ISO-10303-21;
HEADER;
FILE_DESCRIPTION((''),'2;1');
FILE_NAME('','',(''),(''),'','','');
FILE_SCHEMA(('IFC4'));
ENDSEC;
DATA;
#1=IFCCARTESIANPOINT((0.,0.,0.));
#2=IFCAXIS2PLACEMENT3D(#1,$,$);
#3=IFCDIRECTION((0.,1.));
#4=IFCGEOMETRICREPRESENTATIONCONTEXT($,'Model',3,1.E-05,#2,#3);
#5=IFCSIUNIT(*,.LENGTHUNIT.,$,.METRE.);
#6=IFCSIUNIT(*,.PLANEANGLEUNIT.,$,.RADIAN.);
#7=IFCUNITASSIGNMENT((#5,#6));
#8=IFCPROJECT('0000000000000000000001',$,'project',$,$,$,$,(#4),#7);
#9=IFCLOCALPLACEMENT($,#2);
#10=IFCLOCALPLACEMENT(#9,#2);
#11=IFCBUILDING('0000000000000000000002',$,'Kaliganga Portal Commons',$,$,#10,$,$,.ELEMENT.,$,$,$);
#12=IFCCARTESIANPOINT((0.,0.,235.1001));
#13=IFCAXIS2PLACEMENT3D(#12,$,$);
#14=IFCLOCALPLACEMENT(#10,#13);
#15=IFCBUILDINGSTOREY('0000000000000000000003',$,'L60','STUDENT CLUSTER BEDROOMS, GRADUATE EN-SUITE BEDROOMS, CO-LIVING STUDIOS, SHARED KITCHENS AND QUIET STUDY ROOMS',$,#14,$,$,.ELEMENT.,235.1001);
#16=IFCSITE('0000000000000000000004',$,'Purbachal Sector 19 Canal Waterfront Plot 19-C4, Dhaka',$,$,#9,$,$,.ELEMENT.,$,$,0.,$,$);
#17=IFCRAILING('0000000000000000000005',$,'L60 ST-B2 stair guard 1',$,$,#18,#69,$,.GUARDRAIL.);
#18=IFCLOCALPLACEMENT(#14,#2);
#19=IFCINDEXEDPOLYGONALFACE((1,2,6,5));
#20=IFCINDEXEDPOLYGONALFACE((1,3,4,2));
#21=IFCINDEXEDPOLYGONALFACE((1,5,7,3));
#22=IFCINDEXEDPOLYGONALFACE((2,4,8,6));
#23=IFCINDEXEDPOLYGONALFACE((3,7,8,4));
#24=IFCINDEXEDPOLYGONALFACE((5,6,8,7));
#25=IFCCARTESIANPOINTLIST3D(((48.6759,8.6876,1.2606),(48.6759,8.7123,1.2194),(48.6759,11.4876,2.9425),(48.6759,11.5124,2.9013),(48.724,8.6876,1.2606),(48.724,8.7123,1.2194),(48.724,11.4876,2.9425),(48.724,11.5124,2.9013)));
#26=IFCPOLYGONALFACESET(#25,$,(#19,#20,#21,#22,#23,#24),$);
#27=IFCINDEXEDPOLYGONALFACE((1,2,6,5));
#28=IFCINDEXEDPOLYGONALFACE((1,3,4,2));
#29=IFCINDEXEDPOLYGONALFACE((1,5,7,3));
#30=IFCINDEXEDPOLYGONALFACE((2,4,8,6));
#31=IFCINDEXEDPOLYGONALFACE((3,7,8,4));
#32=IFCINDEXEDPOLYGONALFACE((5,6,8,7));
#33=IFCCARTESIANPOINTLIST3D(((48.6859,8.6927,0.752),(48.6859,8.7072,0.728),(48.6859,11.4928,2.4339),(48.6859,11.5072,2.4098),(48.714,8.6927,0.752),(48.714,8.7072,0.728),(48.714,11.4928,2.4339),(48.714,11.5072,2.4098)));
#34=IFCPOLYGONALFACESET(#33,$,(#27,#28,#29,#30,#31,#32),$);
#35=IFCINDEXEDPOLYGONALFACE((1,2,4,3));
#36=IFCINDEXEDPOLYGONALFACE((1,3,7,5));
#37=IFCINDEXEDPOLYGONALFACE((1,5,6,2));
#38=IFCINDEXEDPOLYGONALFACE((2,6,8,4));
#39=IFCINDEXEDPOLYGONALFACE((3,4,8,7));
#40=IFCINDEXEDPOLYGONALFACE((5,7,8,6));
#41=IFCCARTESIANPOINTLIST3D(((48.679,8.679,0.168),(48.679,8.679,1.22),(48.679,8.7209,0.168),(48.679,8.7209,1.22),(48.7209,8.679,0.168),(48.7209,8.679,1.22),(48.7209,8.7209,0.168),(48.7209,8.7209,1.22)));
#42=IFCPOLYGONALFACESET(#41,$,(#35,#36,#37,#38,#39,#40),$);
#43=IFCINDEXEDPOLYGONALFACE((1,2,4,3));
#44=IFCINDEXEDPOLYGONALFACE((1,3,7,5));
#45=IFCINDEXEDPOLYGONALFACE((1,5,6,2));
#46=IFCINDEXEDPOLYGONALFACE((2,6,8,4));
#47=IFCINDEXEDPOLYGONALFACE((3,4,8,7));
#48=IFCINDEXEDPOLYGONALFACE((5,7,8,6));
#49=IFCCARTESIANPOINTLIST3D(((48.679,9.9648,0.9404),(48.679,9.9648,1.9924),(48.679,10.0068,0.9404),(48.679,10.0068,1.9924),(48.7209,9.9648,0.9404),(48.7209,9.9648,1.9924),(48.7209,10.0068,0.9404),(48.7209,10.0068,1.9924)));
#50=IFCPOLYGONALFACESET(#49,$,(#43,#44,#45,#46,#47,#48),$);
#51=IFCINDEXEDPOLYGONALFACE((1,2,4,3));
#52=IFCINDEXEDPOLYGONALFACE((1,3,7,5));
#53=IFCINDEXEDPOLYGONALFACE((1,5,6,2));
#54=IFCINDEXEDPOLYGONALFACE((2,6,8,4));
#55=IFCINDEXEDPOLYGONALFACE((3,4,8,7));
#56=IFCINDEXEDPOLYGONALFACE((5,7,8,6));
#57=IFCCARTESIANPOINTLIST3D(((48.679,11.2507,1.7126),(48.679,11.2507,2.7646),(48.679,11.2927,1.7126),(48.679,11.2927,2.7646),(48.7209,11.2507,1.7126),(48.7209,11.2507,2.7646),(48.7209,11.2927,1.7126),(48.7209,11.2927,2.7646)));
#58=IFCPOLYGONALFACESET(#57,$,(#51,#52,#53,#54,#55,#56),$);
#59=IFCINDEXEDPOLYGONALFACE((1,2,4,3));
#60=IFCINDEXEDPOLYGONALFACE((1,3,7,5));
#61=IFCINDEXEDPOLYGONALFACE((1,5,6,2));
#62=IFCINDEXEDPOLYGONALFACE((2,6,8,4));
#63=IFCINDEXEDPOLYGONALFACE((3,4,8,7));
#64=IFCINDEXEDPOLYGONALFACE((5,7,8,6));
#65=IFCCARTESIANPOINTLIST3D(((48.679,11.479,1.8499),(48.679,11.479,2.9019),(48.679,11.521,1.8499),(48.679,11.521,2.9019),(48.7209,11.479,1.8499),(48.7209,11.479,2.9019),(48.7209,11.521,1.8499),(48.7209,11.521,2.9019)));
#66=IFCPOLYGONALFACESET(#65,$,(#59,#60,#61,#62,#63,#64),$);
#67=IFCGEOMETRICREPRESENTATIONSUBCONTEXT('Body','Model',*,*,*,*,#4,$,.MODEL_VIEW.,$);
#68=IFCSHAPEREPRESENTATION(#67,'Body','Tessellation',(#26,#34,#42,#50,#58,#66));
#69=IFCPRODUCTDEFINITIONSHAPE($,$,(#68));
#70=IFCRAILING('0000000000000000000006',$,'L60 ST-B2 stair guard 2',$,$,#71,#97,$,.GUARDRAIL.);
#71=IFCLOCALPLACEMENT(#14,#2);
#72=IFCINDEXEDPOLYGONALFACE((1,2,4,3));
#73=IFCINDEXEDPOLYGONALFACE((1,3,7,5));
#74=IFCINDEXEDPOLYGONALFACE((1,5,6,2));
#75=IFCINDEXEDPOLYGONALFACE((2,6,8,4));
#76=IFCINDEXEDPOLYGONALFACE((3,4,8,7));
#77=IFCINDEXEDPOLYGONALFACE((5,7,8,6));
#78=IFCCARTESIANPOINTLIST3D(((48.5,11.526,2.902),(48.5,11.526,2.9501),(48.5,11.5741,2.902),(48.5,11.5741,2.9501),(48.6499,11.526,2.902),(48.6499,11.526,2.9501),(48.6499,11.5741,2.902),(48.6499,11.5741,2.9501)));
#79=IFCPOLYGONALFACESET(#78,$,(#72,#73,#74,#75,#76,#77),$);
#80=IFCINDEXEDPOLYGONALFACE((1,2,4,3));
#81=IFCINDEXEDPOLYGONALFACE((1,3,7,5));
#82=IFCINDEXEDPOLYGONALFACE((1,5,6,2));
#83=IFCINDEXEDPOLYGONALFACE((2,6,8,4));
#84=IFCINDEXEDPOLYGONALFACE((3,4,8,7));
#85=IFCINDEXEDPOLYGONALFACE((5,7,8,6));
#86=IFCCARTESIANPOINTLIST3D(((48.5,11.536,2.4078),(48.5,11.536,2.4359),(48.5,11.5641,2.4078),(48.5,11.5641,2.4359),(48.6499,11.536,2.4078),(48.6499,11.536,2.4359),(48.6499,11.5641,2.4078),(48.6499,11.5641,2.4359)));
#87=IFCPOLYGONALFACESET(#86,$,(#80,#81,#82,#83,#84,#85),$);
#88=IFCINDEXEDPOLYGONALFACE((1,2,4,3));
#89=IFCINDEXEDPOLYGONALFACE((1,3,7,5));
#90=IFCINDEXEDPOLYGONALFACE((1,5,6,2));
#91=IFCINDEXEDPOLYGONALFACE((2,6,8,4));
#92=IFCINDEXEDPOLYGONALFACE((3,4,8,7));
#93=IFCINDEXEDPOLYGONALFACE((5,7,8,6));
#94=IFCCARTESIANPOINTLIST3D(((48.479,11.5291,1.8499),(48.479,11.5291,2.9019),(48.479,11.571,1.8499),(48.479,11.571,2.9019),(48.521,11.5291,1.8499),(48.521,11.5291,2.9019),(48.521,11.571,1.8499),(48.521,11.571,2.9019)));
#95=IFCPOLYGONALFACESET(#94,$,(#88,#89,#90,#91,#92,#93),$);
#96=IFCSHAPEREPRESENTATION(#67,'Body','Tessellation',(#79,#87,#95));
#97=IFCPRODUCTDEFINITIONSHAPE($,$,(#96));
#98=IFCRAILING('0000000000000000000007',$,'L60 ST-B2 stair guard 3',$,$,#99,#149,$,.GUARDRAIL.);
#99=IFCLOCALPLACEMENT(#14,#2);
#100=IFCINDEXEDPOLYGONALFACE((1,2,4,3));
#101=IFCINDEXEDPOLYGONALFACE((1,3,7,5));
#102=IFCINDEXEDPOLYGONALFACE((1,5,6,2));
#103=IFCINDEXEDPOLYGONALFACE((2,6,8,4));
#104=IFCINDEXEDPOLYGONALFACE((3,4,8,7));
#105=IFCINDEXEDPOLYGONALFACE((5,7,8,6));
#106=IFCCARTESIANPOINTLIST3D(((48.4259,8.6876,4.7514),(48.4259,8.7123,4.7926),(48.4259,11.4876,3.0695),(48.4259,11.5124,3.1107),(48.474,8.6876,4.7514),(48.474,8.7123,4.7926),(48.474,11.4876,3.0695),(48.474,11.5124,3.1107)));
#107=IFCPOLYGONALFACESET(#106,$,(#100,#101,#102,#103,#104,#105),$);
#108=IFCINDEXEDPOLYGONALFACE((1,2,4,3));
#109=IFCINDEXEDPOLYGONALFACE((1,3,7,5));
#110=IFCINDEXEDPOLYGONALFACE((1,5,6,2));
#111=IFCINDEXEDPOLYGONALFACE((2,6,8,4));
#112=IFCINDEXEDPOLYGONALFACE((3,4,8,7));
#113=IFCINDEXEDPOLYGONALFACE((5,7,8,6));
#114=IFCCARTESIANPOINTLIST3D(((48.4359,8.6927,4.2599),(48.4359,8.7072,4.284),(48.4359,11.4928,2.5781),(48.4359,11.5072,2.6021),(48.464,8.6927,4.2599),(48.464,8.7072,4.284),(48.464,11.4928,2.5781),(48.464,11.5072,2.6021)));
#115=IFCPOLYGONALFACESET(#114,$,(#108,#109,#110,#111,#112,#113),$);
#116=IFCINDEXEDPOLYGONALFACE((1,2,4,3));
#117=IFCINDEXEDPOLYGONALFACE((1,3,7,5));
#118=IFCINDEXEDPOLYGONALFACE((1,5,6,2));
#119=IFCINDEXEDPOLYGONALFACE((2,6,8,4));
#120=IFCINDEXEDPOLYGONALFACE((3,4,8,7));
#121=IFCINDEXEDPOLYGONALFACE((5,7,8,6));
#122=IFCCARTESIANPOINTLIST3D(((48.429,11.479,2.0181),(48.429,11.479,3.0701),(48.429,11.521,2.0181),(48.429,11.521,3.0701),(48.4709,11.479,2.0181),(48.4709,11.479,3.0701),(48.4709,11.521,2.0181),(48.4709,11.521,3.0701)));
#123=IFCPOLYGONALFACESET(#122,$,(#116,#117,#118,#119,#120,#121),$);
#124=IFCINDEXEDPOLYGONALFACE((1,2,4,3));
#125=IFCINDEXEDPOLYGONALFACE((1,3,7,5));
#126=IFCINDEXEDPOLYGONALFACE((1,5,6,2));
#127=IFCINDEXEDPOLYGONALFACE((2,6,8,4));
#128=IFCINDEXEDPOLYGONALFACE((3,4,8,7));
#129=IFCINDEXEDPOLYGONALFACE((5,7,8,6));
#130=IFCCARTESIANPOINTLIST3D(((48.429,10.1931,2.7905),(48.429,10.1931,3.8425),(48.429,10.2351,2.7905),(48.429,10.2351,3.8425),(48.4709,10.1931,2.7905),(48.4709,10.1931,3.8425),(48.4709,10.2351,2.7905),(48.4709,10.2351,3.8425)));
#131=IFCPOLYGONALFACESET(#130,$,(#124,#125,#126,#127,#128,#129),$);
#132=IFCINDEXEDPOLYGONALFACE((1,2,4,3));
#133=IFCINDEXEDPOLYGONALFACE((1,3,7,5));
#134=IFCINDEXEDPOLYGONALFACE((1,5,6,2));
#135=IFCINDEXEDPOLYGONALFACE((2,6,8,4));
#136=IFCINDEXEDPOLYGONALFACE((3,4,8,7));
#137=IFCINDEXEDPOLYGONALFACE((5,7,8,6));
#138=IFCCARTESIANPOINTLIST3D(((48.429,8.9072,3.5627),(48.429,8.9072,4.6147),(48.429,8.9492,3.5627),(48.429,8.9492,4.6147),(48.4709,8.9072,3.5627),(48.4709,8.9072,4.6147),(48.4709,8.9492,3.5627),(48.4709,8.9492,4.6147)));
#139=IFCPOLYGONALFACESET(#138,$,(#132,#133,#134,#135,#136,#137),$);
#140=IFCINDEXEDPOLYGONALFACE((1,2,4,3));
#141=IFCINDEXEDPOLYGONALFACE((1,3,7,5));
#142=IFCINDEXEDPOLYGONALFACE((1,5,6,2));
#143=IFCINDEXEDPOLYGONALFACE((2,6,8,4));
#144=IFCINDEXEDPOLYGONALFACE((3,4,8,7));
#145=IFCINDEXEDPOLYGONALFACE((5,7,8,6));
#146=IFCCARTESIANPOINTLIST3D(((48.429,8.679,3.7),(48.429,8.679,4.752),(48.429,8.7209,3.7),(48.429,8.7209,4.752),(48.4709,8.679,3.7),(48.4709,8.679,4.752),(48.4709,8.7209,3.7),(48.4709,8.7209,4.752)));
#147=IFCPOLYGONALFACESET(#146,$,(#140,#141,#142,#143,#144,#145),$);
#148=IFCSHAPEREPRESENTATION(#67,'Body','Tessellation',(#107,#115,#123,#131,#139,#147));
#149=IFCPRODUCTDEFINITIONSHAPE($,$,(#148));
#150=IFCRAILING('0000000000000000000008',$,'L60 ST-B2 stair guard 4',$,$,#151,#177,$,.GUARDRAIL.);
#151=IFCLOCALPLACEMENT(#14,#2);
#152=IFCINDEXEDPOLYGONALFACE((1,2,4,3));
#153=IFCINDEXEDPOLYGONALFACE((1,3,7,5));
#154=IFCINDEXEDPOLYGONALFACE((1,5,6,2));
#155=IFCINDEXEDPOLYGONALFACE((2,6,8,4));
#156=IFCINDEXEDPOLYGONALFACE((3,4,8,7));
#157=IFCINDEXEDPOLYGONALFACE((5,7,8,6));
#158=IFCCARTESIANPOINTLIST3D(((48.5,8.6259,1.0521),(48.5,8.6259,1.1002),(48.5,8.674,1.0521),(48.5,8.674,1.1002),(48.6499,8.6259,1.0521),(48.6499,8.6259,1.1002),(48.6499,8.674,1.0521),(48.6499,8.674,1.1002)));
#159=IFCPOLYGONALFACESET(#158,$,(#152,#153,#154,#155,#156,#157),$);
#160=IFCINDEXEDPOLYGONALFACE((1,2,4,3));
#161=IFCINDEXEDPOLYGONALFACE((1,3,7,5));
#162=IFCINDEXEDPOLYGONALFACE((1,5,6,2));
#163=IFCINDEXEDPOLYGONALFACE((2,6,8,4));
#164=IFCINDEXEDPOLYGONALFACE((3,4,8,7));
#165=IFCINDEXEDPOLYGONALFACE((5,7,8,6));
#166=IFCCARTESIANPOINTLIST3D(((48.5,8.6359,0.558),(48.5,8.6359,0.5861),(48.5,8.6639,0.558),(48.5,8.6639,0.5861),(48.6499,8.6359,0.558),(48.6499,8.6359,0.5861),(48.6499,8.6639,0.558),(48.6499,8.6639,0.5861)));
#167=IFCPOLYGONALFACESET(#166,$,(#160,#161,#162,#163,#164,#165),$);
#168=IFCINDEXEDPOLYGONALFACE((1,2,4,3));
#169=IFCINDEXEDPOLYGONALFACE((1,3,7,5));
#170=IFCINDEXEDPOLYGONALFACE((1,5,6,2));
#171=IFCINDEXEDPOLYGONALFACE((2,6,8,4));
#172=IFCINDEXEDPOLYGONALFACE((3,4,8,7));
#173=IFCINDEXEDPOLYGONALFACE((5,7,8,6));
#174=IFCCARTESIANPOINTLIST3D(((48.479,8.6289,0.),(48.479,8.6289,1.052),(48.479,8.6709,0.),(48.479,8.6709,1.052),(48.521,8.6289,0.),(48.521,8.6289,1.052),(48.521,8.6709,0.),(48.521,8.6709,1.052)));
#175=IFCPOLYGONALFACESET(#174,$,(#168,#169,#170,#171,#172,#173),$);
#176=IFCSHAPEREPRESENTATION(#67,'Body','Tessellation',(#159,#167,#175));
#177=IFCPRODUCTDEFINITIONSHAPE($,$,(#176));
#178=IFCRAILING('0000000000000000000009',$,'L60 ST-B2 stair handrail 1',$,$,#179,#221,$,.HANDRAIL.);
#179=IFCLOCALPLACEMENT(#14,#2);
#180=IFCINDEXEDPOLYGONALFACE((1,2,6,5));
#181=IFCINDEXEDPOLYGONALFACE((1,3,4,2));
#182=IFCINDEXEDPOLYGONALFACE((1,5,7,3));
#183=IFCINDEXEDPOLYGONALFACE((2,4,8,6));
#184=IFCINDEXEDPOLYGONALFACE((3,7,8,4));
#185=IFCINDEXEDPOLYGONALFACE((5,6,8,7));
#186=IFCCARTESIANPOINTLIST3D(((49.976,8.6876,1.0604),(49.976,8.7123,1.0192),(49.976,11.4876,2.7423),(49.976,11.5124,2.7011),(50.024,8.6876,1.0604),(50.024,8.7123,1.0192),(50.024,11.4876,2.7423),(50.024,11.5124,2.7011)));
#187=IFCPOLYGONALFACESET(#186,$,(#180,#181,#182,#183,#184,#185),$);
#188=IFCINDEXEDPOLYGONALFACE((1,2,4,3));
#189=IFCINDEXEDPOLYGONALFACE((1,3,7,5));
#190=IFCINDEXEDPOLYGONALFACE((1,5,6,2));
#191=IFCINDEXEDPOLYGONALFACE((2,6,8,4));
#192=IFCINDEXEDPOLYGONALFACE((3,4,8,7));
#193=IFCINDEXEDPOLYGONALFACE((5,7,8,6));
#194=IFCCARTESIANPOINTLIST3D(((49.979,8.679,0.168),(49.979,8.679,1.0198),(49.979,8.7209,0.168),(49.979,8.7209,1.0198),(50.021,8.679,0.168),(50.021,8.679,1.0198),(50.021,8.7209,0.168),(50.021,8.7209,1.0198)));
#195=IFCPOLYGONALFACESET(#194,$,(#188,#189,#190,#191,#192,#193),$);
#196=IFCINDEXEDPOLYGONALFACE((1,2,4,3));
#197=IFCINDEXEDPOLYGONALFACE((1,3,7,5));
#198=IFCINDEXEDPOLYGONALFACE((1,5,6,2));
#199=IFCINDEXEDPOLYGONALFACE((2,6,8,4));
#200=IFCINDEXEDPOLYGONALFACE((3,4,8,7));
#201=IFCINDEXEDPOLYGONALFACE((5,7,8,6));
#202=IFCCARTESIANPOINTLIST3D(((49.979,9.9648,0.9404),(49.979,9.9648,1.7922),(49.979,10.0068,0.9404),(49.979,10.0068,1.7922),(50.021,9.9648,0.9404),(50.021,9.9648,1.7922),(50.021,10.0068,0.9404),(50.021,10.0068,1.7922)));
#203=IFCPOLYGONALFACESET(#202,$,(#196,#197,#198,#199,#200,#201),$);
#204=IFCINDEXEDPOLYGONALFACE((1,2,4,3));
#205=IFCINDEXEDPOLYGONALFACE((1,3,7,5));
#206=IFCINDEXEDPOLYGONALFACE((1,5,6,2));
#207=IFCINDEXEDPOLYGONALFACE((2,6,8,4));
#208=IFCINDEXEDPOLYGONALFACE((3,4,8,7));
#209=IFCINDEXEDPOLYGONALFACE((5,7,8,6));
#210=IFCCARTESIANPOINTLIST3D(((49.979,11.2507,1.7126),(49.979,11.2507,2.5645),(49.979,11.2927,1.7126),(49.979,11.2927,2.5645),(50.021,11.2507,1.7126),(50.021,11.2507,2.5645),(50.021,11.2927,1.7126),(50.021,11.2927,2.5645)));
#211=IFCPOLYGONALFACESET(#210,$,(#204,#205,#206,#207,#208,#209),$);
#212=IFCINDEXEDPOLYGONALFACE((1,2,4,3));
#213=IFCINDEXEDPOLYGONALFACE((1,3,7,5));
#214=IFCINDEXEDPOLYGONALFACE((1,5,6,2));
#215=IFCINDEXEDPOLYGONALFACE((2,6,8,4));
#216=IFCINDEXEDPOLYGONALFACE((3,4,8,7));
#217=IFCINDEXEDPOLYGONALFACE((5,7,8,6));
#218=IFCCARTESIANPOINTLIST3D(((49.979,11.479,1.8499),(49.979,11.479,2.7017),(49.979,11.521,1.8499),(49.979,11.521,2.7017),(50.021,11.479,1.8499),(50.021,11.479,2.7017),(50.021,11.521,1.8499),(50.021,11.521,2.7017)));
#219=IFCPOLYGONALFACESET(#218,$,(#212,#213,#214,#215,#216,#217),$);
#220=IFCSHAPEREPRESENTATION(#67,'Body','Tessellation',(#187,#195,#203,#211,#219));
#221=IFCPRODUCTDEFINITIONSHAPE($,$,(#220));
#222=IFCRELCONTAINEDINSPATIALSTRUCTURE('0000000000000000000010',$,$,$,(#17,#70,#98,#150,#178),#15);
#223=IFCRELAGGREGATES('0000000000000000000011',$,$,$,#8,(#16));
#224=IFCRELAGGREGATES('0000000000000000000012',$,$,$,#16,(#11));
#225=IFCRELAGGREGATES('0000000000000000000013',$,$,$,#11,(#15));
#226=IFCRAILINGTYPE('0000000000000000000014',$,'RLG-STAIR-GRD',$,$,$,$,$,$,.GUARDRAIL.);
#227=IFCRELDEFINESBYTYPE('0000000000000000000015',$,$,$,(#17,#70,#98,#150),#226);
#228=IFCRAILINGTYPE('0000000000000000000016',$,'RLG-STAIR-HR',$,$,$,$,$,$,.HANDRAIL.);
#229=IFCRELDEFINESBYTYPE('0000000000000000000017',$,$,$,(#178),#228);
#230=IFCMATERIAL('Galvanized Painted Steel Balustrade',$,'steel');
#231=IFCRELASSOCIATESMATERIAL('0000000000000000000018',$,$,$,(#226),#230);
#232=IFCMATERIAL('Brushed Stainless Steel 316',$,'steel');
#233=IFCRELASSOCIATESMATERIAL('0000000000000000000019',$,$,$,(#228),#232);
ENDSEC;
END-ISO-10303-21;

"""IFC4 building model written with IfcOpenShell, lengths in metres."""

from ifc_helpers import new_model, si_unit, direction, frame, origin, origin_2d, place, context, subcontext, project, spatial, rectangle, extrude, material, type_object, element, save


model = new_model("IFC4")

# Units and contexts
model_context = context("Model", 3, precision=1e-05, world=origin(), true_north=direction((0.0, 1.0)))
body_context = subcontext(model_context, "Body", "Model", "MODEL_VIEW")
ifc_project = project(units=[si_unit("LENGTHUNIT", "METRE"), si_unit("PLANEANGLEUNIT", "RADIAN")], contexts=[model_context])

# Site, building, storey
site_placement = place(None, origin())
site = spatial("IfcSite", under=ifc_project, at=site_placement, Name="Purbachal Sector 19 Canal Waterfront Plot 19-C4, Dhaka", CompositionType="ELEMENT", RefElevation=0.0)
building_placement = place(site_placement, origin())
building = spatial("IfcBuilding", under=site, at=building_placement, Name="Kaliganga Portal Commons", CompositionType="ELEMENT")
storey_placement = place(building_placement, frame((0.0, 0.0, 235.1001)))
storey = spatial("IfcBuildingStorey", under=building, at=storey_placement, Name="L60", Description="STUDENT CLUSTER BEDROOMS, GRADUATE EN-SUITE BEDROOMS, CO-LIVING STUDIOS, SHARED KITCHENS AND QUIET STUDY ROOMS", CompositionType="ELEMENT", Elevation=235.1001)

# Railings
ifc_material_1 = material(Name="Galvanized Painted Steel Balustrade", Category="steel")
railing_type_1 = type_object("IfcRailingType", Name="RLG-STAIR-GRD", PredefinedType="GUARDRAIL", material=ifc_material_1)
railing_1_placement = place(storey_placement, frame((48.7, 8.7, 0.168)))
element("IfcRailing", 1, at=railing_1_placement, inside=storey, type_object=railing_type_1, Name="L60 ST-B2 stair guard 1", PredefinedType="GUARDRAIL", context=body_context, shape_type="SweptSolid", body=[
    extrude(rectangle(XDim=0.0481, YDim=0.0481, at=origin_2d()), frame((0.0, 0.0, 1.072), z_axis=(0.0, 0.857242, 0.514913), x_axis=(-1.0, 0.0, 0.0)), (0.0, 0.0, 1.0), 3.2664),
    extrude(rectangle(XDim=0.0281, YDim=0.0281, at=origin_2d()), frame((0.0, 0.0, 0.572), z_axis=(0.0, 0.857242, 0.514913), x_axis=(-1.0, 0.0, 0.0)), (0.0, 0.0, 1.0), 3.2664),
    extrude(rectangle(XDim=0.042, YDim=0.042, at=origin_2d()), origin(), (0.0, 0.0, 1.0), 1.052),
    extrude(rectangle(XDim=0.042, YDim=0.042, at=origin_2d()), frame((0.0, 1.2859, 0.7725)), (0.0, 0.0, 1.0), 1.052),
    extrude(rectangle(XDim=0.042, YDim=0.042, at=origin_2d()), frame((0.0, 2.5718, 1.5447)), (0.0, 0.0, 1.0), 1.052),
    extrude(rectangle(XDim=0.042, YDim=0.042, at=origin_2d()), frame((0.0, 2.8, 1.6819)), (0.0, 0.0, 1.0), 1.052),
])
railing_2_placement = place(storey_placement, frame((48.6499, 11.55, 1.8499)))
element("IfcRailing", 2, at=railing_2_placement, inside=storey, type_object=railing_type_1, Name="L60 ST-B2 stair guard 2", PredefinedType="GUARDRAIL", context=body_context, shape_type="SweptSolid", body=[
    extrude(rectangle(XDim=0.0481, YDim=0.0481, at=origin_2d()), frame((0.0, 0.0, 1.0762), z_axis=(-1.0, 0.0, 0.0), x_axis=(0.0, -1.0, 0.0)), (0.0, 0.0, 1.0), 0.1499),
    extrude(rectangle(XDim=0.0281, YDim=0.0281, at=origin_2d()), frame((0.0, 0.0, 0.572), z_axis=(-1.0, 0.0, 0.0), x_axis=(0.0, -1.0, 0.0)), (0.0, 0.0, 1.0), 0.1499),
    extrude(rectangle(XDim=0.042, YDim=0.042, at=origin_2d()), frame((-0.1499, 0.0, 0.0)), (0.0, 0.0, 1.0), 1.052),
])
railing_3_placement = place(storey_placement, frame((48.45, 11.5, 2.0181)))
element("IfcRailing", 3, at=railing_3_placement, inside=storey, type_object=railing_type_1, Name="L60 ST-B2 stair guard 3", PredefinedType="GUARDRAIL", context=body_context, shape_type="SweptSolid", body=[
    extrude(rectangle(XDim=0.0481, YDim=0.0481, at=origin_2d()), frame((0.0, 0.0, 1.072), z_axis=(0.0, -0.857242, 0.514913), x_axis=(1.0, 0.0, 0.0)), (0.0, 0.0, 1.0), 3.2664),
    extrude(rectangle(XDim=0.0281, YDim=0.0281, at=origin_2d()), frame((0.0, 0.0, 0.572), z_axis=(0.0, -0.857242, 0.514913), x_axis=(1.0, 0.0, 0.0)), (0.0, 0.0, 1.0), 3.2664),
    extrude(rectangle(XDim=0.042, YDim=0.042, at=origin_2d()), origin(), (0.0, 0.0, 1.0), 1.052),
    extrude(rectangle(XDim=0.042, YDim=0.042, at=origin_2d()), frame((0.0, -1.2859, 0.7725)), (0.0, 0.0, 1.0), 1.052),
    extrude(rectangle(XDim=0.042, YDim=0.042, at=origin_2d()), frame((0.0, -2.5718, 1.5447)), (0.0, 0.0, 1.0), 1.052),
    extrude(rectangle(XDim=0.042, YDim=0.042, at=origin_2d()), frame((0.0, -2.8, 1.6819)), (0.0, 0.0, 1.0), 1.052),
])
railing_4_placement = place(storey_placement, frame((48.6499, 8.6499, 0.0)))
element("IfcRailing", 4, at=railing_4_placement, inside=storey, type_object=railing_type_1, Name="L60 ST-B2 stair guard 4", PredefinedType="GUARDRAIL", context=body_context, shape_type="SweptSolid", body=[
    extrude(rectangle(XDim=0.0481, YDim=0.0481, at=origin_2d()), frame((0.0, 0.0, 1.0762), z_axis=(-1.0, 0.0, 0.0), x_axis=(0.0, -1.0, 0.0)), (0.0, 0.0, 1.0), 0.1499),
    extrude(rectangle(XDim=0.0281, YDim=0.0281, at=origin_2d()), frame((0.0, 0.0, 0.572), z_axis=(-1.0, 0.0, 0.0), x_axis=(0.0, -1.0, 0.0)), (0.0, 0.0, 1.0), 0.1499),
    extrude(rectangle(XDim=0.042, YDim=0.042, at=origin_2d()), frame((-0.1499, 0.0, 0.0)), (0.0, 0.0, 1.0), 1.052),
])
ifc_material_2 = material(Name="Brushed Stainless Steel 316", Category="steel")
railing_type_2 = type_object("IfcRailingType", Name="RLG-STAIR-HR", PredefinedType="HANDRAIL", material=ifc_material_2)
railing_5_placement = place(storey_placement, frame((50.0, 8.7, 0.168)))
element("IfcRailing", 5, at=railing_5_placement, inside=storey, type_object=railing_type_2, Name="L60 ST-B2 stair handrail 1", PredefinedType="HANDRAIL", context=body_context, shape_type="SweptSolid", body=[
    extrude(rectangle(XDim=0.0481, YDim=0.0481, at=origin_2d()), frame((0.0, 0.0, 0.8718), z_axis=(0.0, 0.857242, 0.514913), x_axis=(-1.0, 0.0, 0.0)), (0.0, 0.0, 1.0), 3.2664),
    extrude(rectangle(XDim=0.042, YDim=0.042, at=origin_2d()), origin(), (0.0, 0.0, 1.0), 0.8518),
    extrude(rectangle(XDim=0.042, YDim=0.042, at=origin_2d()), frame((0.0, 1.2859, 0.7725)), (0.0, 0.0, 1.0), 0.8518),
    extrude(rectangle(XDim=0.042, YDim=0.042, at=origin_2d()), frame((0.0, 2.5718, 1.5447)), (0.0, 0.0, 1.0), 0.8518),
    extrude(rectangle(XDim=0.042, YDim=0.042, at=origin_2d()), frame((0.0, 2.8, 1.6819)), (0.0, 0.0, 1.0), 0.8518),
])

save(model, "model.ifc")
